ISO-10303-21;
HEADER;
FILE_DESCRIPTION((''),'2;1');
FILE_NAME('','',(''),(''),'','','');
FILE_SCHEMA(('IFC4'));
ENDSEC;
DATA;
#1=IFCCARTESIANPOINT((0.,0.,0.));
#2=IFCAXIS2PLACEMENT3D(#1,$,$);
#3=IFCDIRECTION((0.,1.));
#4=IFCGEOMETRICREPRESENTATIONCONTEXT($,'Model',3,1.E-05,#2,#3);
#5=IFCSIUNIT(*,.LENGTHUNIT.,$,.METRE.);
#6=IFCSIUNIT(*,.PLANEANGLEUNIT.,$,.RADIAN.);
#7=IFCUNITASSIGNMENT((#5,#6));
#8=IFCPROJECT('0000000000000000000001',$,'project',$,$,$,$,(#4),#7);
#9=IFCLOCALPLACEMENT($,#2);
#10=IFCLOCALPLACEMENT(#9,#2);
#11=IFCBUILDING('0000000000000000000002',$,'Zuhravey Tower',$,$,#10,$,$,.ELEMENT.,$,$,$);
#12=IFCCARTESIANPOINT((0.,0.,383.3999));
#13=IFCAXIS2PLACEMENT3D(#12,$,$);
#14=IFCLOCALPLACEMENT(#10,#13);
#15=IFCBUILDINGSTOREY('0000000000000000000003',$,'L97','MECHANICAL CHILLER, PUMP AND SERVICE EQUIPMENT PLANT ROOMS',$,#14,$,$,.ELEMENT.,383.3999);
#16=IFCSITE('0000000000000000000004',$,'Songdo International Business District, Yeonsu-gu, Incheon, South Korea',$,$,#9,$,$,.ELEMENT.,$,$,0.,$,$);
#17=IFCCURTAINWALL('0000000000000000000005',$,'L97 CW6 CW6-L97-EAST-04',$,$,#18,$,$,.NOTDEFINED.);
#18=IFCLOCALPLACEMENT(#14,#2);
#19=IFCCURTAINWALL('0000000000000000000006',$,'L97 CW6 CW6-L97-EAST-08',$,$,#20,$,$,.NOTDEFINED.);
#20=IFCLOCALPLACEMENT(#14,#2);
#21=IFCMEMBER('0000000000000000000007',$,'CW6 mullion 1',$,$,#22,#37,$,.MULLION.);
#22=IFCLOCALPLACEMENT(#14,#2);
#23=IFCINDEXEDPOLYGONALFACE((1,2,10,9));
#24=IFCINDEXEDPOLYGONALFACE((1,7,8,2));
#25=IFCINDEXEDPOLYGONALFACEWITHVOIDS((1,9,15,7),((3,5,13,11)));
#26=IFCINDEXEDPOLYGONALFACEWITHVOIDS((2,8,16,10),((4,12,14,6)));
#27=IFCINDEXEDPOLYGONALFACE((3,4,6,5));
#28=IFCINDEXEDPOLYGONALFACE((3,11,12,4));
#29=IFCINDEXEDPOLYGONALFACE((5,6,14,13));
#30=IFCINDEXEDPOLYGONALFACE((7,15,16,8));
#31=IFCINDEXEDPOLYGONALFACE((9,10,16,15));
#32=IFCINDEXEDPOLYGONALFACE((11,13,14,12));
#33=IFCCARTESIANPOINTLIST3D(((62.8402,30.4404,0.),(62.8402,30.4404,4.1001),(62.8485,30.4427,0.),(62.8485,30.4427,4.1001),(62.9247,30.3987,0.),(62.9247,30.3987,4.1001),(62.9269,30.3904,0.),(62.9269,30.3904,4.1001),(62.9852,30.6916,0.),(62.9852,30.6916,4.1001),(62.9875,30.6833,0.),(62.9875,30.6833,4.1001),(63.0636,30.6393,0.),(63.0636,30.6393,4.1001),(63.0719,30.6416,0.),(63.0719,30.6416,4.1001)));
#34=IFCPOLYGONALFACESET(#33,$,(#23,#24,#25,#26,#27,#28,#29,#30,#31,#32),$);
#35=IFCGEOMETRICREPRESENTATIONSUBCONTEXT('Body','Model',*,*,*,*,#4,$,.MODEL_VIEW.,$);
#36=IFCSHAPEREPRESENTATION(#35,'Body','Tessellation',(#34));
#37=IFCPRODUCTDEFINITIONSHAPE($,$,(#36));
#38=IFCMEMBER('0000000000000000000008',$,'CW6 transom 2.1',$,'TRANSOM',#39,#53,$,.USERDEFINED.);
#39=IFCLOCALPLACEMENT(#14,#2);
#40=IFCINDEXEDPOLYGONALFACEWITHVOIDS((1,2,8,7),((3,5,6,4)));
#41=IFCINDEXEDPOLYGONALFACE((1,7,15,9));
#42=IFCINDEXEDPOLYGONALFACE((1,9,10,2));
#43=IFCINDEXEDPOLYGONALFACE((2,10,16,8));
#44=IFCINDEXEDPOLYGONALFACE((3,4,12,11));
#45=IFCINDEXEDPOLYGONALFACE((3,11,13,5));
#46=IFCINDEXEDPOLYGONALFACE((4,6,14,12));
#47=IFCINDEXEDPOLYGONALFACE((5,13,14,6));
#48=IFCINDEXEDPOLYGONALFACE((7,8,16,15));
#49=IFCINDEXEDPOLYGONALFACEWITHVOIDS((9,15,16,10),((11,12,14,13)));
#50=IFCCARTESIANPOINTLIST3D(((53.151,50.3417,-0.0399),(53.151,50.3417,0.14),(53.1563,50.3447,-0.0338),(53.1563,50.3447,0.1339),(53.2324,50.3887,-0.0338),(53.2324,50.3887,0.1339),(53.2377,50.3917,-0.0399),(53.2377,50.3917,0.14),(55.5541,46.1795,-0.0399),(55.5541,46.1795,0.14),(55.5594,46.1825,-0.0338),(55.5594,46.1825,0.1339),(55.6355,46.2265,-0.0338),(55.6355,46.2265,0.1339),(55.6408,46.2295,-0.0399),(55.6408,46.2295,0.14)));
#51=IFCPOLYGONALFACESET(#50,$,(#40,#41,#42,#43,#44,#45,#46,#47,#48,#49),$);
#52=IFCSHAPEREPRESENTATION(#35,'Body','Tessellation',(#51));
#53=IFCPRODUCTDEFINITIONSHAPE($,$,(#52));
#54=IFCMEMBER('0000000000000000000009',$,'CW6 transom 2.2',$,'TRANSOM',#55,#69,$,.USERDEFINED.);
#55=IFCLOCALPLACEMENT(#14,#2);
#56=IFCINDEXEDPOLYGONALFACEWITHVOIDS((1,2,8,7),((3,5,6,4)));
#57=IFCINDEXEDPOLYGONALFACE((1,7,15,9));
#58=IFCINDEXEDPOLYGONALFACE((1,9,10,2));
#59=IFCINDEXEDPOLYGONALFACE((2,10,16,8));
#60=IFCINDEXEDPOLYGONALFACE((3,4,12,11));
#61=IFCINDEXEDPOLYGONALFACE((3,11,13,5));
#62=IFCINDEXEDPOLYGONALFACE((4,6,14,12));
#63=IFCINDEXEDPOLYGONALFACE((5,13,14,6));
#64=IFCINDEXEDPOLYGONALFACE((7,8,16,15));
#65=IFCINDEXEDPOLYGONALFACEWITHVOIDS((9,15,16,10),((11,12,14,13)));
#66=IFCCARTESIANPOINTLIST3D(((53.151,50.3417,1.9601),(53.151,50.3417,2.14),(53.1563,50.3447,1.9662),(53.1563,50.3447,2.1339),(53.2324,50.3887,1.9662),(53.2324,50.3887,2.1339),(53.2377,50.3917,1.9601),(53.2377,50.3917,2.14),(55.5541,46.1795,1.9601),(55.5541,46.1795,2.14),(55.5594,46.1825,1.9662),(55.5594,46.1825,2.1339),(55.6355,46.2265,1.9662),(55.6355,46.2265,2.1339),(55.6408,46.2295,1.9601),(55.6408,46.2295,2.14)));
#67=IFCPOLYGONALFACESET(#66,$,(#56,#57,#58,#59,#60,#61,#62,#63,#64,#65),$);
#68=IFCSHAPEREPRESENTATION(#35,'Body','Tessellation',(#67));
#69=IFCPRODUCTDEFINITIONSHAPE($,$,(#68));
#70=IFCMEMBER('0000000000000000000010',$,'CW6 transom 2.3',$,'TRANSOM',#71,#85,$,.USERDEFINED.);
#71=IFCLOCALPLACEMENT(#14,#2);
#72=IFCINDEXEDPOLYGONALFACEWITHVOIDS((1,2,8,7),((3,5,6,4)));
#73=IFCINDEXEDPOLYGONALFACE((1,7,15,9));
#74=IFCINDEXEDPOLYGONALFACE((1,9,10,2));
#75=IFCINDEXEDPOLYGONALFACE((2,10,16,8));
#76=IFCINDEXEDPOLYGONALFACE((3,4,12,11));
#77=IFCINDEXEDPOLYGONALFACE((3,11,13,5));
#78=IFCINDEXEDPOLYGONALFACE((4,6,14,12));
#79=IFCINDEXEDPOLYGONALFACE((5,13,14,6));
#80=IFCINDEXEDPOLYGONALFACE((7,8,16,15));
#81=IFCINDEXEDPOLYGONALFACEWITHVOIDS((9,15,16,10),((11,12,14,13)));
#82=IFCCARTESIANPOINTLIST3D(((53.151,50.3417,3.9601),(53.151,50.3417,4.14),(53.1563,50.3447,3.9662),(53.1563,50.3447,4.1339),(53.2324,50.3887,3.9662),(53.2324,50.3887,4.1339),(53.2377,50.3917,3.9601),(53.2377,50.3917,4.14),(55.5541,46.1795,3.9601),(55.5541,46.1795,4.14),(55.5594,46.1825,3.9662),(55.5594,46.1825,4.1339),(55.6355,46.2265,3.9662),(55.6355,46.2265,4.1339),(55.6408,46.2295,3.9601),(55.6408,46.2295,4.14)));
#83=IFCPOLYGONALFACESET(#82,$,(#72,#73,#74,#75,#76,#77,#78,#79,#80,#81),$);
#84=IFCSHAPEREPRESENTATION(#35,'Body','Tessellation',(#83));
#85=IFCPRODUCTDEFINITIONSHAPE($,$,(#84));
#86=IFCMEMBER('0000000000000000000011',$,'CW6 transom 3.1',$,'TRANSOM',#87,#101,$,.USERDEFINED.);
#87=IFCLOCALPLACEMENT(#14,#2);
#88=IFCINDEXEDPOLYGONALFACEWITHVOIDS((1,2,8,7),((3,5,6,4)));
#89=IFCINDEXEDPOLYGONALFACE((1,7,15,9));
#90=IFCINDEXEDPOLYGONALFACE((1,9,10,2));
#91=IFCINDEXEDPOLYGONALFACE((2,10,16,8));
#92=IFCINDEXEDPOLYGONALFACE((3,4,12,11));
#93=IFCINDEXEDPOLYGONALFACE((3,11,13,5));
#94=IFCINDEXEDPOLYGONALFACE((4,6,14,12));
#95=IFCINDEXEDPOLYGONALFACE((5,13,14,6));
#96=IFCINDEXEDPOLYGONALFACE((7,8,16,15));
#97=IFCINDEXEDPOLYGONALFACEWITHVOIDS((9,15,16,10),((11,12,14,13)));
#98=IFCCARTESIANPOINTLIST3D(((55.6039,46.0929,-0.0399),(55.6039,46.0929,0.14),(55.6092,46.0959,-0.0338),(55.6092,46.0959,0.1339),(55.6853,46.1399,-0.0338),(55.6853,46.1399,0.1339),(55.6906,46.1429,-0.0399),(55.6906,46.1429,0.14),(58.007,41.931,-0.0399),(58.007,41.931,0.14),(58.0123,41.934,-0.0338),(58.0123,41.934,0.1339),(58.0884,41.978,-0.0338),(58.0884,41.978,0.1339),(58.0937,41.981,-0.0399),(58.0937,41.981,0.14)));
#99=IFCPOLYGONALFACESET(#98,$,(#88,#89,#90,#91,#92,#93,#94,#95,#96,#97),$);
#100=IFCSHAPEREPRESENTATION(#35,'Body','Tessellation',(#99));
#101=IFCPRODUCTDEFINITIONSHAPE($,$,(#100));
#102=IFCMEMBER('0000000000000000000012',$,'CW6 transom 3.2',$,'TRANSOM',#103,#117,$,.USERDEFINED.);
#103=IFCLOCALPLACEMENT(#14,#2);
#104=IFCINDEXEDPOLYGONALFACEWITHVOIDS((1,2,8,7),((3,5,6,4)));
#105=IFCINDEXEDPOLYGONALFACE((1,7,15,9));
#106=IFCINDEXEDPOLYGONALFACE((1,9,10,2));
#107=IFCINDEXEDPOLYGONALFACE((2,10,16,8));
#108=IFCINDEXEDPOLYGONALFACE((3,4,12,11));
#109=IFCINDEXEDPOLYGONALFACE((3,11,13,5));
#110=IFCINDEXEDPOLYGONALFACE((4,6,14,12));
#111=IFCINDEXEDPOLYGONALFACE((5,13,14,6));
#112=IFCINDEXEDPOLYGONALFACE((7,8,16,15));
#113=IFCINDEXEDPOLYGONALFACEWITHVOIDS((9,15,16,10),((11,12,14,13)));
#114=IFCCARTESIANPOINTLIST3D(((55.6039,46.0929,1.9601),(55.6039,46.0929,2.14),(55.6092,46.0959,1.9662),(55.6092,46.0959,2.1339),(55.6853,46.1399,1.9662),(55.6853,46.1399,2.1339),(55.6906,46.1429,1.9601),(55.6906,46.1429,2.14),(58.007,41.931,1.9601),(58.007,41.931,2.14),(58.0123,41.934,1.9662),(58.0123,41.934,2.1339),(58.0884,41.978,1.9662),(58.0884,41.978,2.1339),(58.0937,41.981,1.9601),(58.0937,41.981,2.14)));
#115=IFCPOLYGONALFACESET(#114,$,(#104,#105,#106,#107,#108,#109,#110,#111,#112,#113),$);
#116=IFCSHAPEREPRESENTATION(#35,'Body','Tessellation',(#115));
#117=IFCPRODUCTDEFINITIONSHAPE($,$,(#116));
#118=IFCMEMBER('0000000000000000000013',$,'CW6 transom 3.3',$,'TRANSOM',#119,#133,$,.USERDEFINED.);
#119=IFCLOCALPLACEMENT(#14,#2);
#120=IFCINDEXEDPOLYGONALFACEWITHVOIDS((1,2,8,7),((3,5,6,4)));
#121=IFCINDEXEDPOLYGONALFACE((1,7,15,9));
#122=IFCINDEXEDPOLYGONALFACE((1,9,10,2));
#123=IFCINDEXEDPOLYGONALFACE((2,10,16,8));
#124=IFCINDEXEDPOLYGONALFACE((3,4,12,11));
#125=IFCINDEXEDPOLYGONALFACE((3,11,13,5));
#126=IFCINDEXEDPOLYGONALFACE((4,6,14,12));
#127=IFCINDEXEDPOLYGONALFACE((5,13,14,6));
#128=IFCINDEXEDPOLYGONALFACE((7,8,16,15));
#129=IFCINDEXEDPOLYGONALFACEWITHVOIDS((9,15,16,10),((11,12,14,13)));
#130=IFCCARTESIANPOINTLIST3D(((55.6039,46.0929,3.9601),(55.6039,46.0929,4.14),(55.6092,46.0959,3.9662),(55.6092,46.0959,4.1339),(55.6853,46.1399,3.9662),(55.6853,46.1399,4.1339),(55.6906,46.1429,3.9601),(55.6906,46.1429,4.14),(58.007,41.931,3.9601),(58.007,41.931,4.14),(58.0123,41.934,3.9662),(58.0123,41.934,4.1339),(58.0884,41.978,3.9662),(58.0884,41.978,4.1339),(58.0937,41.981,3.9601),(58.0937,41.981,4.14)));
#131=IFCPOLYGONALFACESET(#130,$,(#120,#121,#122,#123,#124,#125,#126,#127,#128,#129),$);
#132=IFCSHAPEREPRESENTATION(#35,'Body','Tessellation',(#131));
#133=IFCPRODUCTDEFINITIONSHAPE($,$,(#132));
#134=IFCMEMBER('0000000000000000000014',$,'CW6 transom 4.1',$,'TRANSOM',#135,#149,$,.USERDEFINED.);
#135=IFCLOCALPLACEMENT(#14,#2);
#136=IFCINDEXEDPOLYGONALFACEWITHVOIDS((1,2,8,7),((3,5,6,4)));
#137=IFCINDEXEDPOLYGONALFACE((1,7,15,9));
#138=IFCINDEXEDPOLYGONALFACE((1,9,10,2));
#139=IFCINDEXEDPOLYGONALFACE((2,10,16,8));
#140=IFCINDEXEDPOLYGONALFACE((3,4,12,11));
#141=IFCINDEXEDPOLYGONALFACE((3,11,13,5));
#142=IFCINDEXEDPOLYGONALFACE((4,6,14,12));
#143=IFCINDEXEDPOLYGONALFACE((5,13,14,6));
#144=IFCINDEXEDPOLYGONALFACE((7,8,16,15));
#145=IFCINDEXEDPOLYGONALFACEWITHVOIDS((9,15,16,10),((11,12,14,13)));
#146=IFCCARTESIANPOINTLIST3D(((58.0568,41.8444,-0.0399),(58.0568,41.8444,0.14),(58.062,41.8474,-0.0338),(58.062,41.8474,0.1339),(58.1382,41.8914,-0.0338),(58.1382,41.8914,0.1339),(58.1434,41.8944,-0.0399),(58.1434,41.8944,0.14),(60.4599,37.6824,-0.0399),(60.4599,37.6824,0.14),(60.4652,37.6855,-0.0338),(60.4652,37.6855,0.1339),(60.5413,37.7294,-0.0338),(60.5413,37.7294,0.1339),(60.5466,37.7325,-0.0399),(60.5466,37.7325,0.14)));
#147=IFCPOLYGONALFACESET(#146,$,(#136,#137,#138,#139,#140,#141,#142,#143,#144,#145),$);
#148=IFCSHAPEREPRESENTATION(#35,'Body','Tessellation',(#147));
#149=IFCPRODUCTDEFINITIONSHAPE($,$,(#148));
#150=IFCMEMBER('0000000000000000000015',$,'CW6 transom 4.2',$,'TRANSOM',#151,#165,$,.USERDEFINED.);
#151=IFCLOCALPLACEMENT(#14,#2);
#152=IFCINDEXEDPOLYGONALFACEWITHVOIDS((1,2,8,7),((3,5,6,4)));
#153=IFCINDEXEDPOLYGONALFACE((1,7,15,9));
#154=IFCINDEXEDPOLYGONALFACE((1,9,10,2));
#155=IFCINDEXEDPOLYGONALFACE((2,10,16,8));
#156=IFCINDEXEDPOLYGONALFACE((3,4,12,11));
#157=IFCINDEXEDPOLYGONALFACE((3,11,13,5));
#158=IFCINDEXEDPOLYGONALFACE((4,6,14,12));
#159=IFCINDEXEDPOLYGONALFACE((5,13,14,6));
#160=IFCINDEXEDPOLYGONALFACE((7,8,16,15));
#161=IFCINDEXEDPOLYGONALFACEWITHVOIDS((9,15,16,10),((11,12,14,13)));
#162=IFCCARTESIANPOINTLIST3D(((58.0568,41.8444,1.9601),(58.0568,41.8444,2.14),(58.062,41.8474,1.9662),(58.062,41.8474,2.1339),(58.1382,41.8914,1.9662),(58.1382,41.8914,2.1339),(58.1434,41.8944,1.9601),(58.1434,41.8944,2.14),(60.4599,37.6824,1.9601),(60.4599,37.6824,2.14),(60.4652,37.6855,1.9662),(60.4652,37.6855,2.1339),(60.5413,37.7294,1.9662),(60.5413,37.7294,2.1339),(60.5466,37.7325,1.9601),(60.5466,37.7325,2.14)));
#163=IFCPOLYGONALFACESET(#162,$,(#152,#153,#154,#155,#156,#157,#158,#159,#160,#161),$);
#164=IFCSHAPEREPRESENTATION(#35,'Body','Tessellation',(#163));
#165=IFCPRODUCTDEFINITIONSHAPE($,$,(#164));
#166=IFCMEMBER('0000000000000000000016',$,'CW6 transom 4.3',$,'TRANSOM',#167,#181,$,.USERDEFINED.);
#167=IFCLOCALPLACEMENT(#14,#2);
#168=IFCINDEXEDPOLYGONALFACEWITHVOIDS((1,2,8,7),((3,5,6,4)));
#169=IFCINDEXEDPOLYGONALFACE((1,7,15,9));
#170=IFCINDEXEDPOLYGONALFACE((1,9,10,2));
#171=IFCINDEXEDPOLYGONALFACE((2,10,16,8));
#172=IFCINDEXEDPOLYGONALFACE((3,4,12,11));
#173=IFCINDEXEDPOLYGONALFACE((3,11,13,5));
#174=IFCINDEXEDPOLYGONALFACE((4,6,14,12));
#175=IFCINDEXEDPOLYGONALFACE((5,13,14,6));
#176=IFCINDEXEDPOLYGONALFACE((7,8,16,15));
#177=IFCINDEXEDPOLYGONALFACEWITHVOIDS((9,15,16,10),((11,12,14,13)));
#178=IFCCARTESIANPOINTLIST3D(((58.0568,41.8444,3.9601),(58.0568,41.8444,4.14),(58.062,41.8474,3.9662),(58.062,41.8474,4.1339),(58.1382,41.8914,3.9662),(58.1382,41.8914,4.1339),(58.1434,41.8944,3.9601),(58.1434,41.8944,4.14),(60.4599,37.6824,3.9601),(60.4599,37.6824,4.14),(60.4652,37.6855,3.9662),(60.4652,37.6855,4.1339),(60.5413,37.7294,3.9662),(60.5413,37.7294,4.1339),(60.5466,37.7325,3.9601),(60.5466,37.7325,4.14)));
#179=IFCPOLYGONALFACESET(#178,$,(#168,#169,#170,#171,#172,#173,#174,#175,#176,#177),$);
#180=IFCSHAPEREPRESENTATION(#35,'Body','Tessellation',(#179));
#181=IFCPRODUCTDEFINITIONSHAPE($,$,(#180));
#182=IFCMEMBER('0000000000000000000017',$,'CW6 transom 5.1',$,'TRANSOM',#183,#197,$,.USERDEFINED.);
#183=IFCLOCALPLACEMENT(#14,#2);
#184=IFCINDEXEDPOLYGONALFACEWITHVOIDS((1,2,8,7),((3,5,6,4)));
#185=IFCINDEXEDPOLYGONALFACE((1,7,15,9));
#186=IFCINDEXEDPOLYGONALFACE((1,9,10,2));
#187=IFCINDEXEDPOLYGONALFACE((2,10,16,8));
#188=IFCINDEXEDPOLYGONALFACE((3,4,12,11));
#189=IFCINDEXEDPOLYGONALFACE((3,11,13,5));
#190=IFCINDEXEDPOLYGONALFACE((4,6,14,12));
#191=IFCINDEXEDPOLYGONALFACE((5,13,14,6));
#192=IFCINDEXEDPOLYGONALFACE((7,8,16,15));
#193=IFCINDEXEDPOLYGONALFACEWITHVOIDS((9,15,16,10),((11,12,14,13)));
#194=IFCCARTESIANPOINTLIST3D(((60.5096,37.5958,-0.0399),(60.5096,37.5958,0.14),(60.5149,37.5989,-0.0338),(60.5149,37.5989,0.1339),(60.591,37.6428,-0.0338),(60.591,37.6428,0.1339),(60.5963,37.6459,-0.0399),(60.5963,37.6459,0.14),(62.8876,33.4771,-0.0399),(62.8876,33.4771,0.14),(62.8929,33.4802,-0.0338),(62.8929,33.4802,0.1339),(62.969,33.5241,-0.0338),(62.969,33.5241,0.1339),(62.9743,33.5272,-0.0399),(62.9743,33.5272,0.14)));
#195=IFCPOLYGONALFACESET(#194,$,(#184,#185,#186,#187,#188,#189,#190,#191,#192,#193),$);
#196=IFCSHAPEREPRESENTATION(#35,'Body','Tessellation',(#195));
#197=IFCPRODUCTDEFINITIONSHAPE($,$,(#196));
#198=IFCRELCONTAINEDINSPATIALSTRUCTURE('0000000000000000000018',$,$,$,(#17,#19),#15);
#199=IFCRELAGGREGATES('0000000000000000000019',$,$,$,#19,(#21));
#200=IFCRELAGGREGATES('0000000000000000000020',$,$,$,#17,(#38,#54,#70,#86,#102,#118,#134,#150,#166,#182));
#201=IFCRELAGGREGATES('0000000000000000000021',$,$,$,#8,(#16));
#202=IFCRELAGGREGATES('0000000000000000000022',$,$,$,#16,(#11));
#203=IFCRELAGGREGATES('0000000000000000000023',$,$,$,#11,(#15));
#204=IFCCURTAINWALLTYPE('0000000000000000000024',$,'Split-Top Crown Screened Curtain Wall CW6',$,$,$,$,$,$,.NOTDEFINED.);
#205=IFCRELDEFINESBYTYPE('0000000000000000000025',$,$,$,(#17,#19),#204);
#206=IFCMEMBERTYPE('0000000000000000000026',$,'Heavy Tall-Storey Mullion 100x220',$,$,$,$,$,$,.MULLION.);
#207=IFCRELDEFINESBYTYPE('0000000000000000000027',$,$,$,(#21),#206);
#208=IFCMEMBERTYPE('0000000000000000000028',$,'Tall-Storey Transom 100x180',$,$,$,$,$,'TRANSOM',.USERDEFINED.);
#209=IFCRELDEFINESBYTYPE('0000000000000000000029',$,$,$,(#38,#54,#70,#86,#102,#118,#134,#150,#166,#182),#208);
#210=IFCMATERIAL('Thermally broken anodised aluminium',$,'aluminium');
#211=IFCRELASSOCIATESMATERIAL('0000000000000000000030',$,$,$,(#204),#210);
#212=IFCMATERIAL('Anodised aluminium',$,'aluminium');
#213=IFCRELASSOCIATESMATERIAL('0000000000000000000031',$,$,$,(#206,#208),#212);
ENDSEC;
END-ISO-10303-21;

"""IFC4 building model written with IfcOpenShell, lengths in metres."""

from ifc_helpers import new_model, si_unit, direction, frame, origin, origin_2d, place, context, subcontext, project, spatial, hollow_rectangle, extrude, material, material_profile, profile_set, type_object, element, aggregate, save


model = new_model("IFC4")

# Units and contexts
model_context = context("Model", 3, precision=1e-05, world=origin(), true_north=direction((0.0, 1.0)))
body_context = subcontext(model_context, "Body", "Model", "MODEL_VIEW")
ifc_project = project(units=[si_unit("LENGTHUNIT", "METRE"), si_unit("PLANEANGLEUNIT", "RADIAN")], contexts=[model_context])

# Site, building, storey
site_placement = place(None, origin())
site = spatial("IfcSite", under=ifc_project, at=site_placement, Name="Songdo International Business District, Yeonsu-gu, Incheon, South Korea", CompositionType="ELEMENT", RefElevation=0.0)
building_placement = place(site_placement, origin())
building = spatial("IfcBuilding", under=site, at=building_placement, Name="Zuhravey Tower", CompositionType="ELEMENT")
storey_placement = place(building_placement, frame((0.0, 0.0, 383.3999)))
storey = spatial("IfcBuildingStorey", under=building, at=storey_placement, Name="L97", Description="MECHANICAL CHILLER, PUMP AND SERVICE EQUIPMENT PLANT ROOMS", CompositionType="ELEMENT", Elevation=383.3999)

# Curtain wall
ifc_material_1 = material(Name="Thermally broken anodised aluminium", Category="aluminium")
curtain_wall_type = type_object("IfcCurtainWallType", Name="Split-Top Crown Screened Curtain Wall CW6", PredefinedType="NOTDEFINED", material=ifc_material_1)
curtain_wall_1_placement = place(storey_placement, origin())
curtain_wall_1 = element("IfcCurtainWall", 1, at=curtain_wall_1_placement, inside=storey, type_object=curtain_wall_type, Name="L97 CW6 CW6-L97-EAST-04", PredefinedType="NOTDEFINED")
ifc_material_2 = material(Name="Anodised aluminium", Category="aluminium")
ifc_material_profile_1 = material_profile(ifc_material_2, hollow_rectangle(XDim=0.1001, YDim=0.29, WallThickness=0.0061, at=origin_2d()), Name="ALU-RHS-100x290x6")
ifc_profile_set_1 = profile_set([ifc_material_profile_1], Name="Anodised aluminium")
member_type_1 = type_object("IfcMemberType", Name="Heavy Tall-Storey Mullion 100x220", PredefinedType="MULLION", material=ifc_profile_set_1)

# Curtain wall, member
curtain_wall_2_placement = place(storey_placement, origin())
curtain_wall_2 = element("IfcCurtainWall", 2, at=curtain_wall_2_placement, inside=storey, type_object=curtain_wall_type, Name="L97 CW6 CW6-L97-EAST-08", PredefinedType="NOTDEFINED")
member_1_placement = place(storey_placement, frame((62.9561, 30.541, 0.0), z_axis=(0.0, 0.0, 1.0), x_axis=(0.866027, -0.499997, 0.0)))
member_1 = element("IfcMember", 3, at=member_1_placement, type_object=member_type_1, Name="CW6 mullion 1", PredefinedType="MULLION", context=body_context, shape_type="SweptSolid", body=[
    extrude(hollow_rectangle(XDim=0.1001, YDim=0.29, WallThickness=0.0061, at=origin_2d()), origin(), (0.0, 0.0, 1.0), 4.1001),
])

# Members
ifc_material_profile_2 = material_profile(ifc_material_2, hollow_rectangle(XDim=0.1001, YDim=0.1799, WallThickness=0.0061, at=origin_2d()), Name="ALU-RHS-100x180x6")
ifc_profile_set_2 = profile_set([ifc_material_profile_2], Name="Anodised aluminium")
member_type_2 = type_object("IfcMemberType", Name="Tall-Storey Transom 100x180", ElementType="TRANSOM", PredefinedType="USERDEFINED", material=ifc_profile_set_2)
member_2_placement = place(storey_placement, frame((53.1943, 50.3667, 0.05), z_axis=(0.500013, -0.866018, 0.0), x_axis=(0.866018, 0.500013, 0.0)))
member_2 = element("IfcMember", 4, at=member_2_placement, type_object=member_type_2, Name="CW6 transom 2.1", ObjectType="TRANSOM", PredefinedType="USERDEFINED", context=body_context, shape_type="SweptSolid", body=[
    extrude(hollow_rectangle(XDim=0.1001, YDim=0.1799, WallThickness=0.0061, at=origin_2d()), origin(), (0.0, 0.0, 1.0), 4.8062),
])
member_3_placement = place(storey_placement, frame((53.1943, 50.3667, 2.05), z_axis=(0.500013, -0.866018, 0.0), x_axis=(0.866018, 0.500013, 0.0)))
member_3 = element("IfcMember", 5, at=member_3_placement, type_object=member_type_2, Name="CW6 transom 2.2", ObjectType="TRANSOM", PredefinedType="USERDEFINED", context=body_context, shape_type="SweptSolid", body=[
    extrude(hollow_rectangle(XDim=0.1001, YDim=0.1799, WallThickness=0.0061, at=origin_2d()), origin(), (0.0, 0.0, 1.0), 4.8062),
])
member_4_placement = place(storey_placement, frame((53.1943, 50.3667, 4.05), z_axis=(0.500013, -0.866018, 0.0), x_axis=(0.866018, 0.500013, 0.0)))
member_4 = element("IfcMember", 6, at=member_4_placement, type_object=member_type_2, Name="CW6 transom 2.3", ObjectType="TRANSOM", PredefinedType="USERDEFINED", context=body_context, shape_type="SweptSolid", body=[
    extrude(hollow_rectangle(XDim=0.1001, YDim=0.1799, WallThickness=0.0061, at=origin_2d()), origin(), (0.0, 0.0, 1.0), 4.8062),
])
member_5_placement = place(storey_placement, frame((55.6472, 46.1179, 0.05), z_axis=(0.500035, -0.866005, 0.0), x_axis=(0.866005, 0.500035, 0.0)))
member_5 = element("IfcMember", 7, at=member_5_placement, type_object=member_type_2, Name="CW6 transom 3.1", ObjectType="TRANSOM", PredefinedType="USERDEFINED", context=body_context, shape_type="SweptSolid", body=[
    extrude(hollow_rectangle(XDim=0.1001, YDim=0.1799, WallThickness=0.0061, at=origin_2d()), origin(), (0.0, 0.0, 1.0), 4.8059),
])
member_6_placement = place(storey_placement, frame((55.6472, 46.1179, 2.05), z_axis=(0.500035, -0.866005, 0.0), x_axis=(0.866005, 0.500035, 0.0)))
member_6 = element("IfcMember", 8, at=member_6_placement, type_object=member_type_2, Name="CW6 transom 3.2", ObjectType="TRANSOM", PredefinedType="USERDEFINED", context=body_context, shape_type="SweptSolid", body=[
    extrude(hollow_rectangle(XDim=0.1001, YDim=0.1799, WallThickness=0.0061, at=origin_2d()), origin(), (0.0, 0.0, 1.0), 4.8059),
])
member_7_placement = place(storey_placement, frame((55.6472, 46.1179, 4.05), z_axis=(0.500035, -0.866005, 0.0), x_axis=(0.866005, 0.500035, 0.0)))
member_7 = element("IfcMember", 9, at=member_7_placement, type_object=member_type_2, Name="CW6 transom 3.3", ObjectType="TRANSOM", PredefinedType="USERDEFINED", context=body_context, shape_type="SweptSolid", body=[
    extrude(hollow_rectangle(XDim=0.1001, YDim=0.1799, WallThickness=0.0061, at=origin_2d()), origin(), (0.0, 0.0, 1.0), 4.8059),
])
member_8_placement = place(storey_placement, frame((58.1001, 41.8694, 0.05), z_axis=(0.500035, -0.866005, 0.0), x_axis=(0.866005, 0.500035, 0.0)))
member_8 = element("IfcMember", 10, at=member_8_placement, type_object=member_type_2, Name="CW6 transom 4.1", ObjectType="TRANSOM", PredefinedType="USERDEFINED", context=body_context, shape_type="SweptSolid", body=[
    extrude(hollow_rectangle(XDim=0.1001, YDim=0.1799, WallThickness=0.0061, at=origin_2d()), origin(), (0.0, 0.0, 1.0), 4.8059),
])
member_9_placement = place(storey_placement, frame((58.1001, 41.8694, 2.05), z_axis=(0.500035, -0.866005, 0.0), x_axis=(0.866005, 0.500035, 0.0)))
member_9 = element("IfcMember", 11, at=member_9_placement, type_object=member_type_2, Name="CW6 transom 4.2", ObjectType="TRANSOM", PredefinedType="USERDEFINED", context=body_context, shape_type="SweptSolid", body=[
    extrude(hollow_rectangle(XDim=0.1001, YDim=0.1799, WallThickness=0.0061, at=origin_2d()), origin(), (0.0, 0.0, 1.0), 4.8059),
])
member_10_placement = place(storey_placement, frame((58.1001, 41.8694, 4.05), z_axis=(0.500035, -0.866005, 0.0), x_axis=(0.866005, 0.500035, 0.0)))
member_10 = element("IfcMember", 12, at=member_10_placement, type_object=member_type_2, Name="CW6 transom 4.3", ObjectType="TRANSOM", PredefinedType="USERDEFINED", context=body_context, shape_type="SweptSolid", body=[
    extrude(hollow_rectangle(XDim=0.1001, YDim=0.1799, WallThickness=0.0061, at=origin_2d()), origin(), (0.0, 0.0, 1.0), 4.8059),
])
member_11_placement = place(storey_placement, frame((60.553, 37.6208, 0.05), z_axis=(0.500004, -0.866023, 0.0), x_axis=(0.866023, 0.500004, 0.0)))
member_11 = element("IfcMember", 13, at=member_11_placement, type_object=member_type_2, Name="CW6 transom 5.1", ObjectType="TRANSOM", PredefinedType="USERDEFINED", context=body_context, shape_type="SweptSolid", body=[
    extrude(hollow_rectangle(XDim=0.1001, YDim=0.1799, WallThickness=0.0061, at=origin_2d()), origin(), (0.0, 0.0, 1.0), 4.7559),
])
aggregate(curtain_wall_2, [member_1])

aggregate(curtain_wall_1, [member_2, member_3, member_4, member_5, member_6, member_7, member_8, member_9, member_10, member_11])

save(model, "model.ifc")
